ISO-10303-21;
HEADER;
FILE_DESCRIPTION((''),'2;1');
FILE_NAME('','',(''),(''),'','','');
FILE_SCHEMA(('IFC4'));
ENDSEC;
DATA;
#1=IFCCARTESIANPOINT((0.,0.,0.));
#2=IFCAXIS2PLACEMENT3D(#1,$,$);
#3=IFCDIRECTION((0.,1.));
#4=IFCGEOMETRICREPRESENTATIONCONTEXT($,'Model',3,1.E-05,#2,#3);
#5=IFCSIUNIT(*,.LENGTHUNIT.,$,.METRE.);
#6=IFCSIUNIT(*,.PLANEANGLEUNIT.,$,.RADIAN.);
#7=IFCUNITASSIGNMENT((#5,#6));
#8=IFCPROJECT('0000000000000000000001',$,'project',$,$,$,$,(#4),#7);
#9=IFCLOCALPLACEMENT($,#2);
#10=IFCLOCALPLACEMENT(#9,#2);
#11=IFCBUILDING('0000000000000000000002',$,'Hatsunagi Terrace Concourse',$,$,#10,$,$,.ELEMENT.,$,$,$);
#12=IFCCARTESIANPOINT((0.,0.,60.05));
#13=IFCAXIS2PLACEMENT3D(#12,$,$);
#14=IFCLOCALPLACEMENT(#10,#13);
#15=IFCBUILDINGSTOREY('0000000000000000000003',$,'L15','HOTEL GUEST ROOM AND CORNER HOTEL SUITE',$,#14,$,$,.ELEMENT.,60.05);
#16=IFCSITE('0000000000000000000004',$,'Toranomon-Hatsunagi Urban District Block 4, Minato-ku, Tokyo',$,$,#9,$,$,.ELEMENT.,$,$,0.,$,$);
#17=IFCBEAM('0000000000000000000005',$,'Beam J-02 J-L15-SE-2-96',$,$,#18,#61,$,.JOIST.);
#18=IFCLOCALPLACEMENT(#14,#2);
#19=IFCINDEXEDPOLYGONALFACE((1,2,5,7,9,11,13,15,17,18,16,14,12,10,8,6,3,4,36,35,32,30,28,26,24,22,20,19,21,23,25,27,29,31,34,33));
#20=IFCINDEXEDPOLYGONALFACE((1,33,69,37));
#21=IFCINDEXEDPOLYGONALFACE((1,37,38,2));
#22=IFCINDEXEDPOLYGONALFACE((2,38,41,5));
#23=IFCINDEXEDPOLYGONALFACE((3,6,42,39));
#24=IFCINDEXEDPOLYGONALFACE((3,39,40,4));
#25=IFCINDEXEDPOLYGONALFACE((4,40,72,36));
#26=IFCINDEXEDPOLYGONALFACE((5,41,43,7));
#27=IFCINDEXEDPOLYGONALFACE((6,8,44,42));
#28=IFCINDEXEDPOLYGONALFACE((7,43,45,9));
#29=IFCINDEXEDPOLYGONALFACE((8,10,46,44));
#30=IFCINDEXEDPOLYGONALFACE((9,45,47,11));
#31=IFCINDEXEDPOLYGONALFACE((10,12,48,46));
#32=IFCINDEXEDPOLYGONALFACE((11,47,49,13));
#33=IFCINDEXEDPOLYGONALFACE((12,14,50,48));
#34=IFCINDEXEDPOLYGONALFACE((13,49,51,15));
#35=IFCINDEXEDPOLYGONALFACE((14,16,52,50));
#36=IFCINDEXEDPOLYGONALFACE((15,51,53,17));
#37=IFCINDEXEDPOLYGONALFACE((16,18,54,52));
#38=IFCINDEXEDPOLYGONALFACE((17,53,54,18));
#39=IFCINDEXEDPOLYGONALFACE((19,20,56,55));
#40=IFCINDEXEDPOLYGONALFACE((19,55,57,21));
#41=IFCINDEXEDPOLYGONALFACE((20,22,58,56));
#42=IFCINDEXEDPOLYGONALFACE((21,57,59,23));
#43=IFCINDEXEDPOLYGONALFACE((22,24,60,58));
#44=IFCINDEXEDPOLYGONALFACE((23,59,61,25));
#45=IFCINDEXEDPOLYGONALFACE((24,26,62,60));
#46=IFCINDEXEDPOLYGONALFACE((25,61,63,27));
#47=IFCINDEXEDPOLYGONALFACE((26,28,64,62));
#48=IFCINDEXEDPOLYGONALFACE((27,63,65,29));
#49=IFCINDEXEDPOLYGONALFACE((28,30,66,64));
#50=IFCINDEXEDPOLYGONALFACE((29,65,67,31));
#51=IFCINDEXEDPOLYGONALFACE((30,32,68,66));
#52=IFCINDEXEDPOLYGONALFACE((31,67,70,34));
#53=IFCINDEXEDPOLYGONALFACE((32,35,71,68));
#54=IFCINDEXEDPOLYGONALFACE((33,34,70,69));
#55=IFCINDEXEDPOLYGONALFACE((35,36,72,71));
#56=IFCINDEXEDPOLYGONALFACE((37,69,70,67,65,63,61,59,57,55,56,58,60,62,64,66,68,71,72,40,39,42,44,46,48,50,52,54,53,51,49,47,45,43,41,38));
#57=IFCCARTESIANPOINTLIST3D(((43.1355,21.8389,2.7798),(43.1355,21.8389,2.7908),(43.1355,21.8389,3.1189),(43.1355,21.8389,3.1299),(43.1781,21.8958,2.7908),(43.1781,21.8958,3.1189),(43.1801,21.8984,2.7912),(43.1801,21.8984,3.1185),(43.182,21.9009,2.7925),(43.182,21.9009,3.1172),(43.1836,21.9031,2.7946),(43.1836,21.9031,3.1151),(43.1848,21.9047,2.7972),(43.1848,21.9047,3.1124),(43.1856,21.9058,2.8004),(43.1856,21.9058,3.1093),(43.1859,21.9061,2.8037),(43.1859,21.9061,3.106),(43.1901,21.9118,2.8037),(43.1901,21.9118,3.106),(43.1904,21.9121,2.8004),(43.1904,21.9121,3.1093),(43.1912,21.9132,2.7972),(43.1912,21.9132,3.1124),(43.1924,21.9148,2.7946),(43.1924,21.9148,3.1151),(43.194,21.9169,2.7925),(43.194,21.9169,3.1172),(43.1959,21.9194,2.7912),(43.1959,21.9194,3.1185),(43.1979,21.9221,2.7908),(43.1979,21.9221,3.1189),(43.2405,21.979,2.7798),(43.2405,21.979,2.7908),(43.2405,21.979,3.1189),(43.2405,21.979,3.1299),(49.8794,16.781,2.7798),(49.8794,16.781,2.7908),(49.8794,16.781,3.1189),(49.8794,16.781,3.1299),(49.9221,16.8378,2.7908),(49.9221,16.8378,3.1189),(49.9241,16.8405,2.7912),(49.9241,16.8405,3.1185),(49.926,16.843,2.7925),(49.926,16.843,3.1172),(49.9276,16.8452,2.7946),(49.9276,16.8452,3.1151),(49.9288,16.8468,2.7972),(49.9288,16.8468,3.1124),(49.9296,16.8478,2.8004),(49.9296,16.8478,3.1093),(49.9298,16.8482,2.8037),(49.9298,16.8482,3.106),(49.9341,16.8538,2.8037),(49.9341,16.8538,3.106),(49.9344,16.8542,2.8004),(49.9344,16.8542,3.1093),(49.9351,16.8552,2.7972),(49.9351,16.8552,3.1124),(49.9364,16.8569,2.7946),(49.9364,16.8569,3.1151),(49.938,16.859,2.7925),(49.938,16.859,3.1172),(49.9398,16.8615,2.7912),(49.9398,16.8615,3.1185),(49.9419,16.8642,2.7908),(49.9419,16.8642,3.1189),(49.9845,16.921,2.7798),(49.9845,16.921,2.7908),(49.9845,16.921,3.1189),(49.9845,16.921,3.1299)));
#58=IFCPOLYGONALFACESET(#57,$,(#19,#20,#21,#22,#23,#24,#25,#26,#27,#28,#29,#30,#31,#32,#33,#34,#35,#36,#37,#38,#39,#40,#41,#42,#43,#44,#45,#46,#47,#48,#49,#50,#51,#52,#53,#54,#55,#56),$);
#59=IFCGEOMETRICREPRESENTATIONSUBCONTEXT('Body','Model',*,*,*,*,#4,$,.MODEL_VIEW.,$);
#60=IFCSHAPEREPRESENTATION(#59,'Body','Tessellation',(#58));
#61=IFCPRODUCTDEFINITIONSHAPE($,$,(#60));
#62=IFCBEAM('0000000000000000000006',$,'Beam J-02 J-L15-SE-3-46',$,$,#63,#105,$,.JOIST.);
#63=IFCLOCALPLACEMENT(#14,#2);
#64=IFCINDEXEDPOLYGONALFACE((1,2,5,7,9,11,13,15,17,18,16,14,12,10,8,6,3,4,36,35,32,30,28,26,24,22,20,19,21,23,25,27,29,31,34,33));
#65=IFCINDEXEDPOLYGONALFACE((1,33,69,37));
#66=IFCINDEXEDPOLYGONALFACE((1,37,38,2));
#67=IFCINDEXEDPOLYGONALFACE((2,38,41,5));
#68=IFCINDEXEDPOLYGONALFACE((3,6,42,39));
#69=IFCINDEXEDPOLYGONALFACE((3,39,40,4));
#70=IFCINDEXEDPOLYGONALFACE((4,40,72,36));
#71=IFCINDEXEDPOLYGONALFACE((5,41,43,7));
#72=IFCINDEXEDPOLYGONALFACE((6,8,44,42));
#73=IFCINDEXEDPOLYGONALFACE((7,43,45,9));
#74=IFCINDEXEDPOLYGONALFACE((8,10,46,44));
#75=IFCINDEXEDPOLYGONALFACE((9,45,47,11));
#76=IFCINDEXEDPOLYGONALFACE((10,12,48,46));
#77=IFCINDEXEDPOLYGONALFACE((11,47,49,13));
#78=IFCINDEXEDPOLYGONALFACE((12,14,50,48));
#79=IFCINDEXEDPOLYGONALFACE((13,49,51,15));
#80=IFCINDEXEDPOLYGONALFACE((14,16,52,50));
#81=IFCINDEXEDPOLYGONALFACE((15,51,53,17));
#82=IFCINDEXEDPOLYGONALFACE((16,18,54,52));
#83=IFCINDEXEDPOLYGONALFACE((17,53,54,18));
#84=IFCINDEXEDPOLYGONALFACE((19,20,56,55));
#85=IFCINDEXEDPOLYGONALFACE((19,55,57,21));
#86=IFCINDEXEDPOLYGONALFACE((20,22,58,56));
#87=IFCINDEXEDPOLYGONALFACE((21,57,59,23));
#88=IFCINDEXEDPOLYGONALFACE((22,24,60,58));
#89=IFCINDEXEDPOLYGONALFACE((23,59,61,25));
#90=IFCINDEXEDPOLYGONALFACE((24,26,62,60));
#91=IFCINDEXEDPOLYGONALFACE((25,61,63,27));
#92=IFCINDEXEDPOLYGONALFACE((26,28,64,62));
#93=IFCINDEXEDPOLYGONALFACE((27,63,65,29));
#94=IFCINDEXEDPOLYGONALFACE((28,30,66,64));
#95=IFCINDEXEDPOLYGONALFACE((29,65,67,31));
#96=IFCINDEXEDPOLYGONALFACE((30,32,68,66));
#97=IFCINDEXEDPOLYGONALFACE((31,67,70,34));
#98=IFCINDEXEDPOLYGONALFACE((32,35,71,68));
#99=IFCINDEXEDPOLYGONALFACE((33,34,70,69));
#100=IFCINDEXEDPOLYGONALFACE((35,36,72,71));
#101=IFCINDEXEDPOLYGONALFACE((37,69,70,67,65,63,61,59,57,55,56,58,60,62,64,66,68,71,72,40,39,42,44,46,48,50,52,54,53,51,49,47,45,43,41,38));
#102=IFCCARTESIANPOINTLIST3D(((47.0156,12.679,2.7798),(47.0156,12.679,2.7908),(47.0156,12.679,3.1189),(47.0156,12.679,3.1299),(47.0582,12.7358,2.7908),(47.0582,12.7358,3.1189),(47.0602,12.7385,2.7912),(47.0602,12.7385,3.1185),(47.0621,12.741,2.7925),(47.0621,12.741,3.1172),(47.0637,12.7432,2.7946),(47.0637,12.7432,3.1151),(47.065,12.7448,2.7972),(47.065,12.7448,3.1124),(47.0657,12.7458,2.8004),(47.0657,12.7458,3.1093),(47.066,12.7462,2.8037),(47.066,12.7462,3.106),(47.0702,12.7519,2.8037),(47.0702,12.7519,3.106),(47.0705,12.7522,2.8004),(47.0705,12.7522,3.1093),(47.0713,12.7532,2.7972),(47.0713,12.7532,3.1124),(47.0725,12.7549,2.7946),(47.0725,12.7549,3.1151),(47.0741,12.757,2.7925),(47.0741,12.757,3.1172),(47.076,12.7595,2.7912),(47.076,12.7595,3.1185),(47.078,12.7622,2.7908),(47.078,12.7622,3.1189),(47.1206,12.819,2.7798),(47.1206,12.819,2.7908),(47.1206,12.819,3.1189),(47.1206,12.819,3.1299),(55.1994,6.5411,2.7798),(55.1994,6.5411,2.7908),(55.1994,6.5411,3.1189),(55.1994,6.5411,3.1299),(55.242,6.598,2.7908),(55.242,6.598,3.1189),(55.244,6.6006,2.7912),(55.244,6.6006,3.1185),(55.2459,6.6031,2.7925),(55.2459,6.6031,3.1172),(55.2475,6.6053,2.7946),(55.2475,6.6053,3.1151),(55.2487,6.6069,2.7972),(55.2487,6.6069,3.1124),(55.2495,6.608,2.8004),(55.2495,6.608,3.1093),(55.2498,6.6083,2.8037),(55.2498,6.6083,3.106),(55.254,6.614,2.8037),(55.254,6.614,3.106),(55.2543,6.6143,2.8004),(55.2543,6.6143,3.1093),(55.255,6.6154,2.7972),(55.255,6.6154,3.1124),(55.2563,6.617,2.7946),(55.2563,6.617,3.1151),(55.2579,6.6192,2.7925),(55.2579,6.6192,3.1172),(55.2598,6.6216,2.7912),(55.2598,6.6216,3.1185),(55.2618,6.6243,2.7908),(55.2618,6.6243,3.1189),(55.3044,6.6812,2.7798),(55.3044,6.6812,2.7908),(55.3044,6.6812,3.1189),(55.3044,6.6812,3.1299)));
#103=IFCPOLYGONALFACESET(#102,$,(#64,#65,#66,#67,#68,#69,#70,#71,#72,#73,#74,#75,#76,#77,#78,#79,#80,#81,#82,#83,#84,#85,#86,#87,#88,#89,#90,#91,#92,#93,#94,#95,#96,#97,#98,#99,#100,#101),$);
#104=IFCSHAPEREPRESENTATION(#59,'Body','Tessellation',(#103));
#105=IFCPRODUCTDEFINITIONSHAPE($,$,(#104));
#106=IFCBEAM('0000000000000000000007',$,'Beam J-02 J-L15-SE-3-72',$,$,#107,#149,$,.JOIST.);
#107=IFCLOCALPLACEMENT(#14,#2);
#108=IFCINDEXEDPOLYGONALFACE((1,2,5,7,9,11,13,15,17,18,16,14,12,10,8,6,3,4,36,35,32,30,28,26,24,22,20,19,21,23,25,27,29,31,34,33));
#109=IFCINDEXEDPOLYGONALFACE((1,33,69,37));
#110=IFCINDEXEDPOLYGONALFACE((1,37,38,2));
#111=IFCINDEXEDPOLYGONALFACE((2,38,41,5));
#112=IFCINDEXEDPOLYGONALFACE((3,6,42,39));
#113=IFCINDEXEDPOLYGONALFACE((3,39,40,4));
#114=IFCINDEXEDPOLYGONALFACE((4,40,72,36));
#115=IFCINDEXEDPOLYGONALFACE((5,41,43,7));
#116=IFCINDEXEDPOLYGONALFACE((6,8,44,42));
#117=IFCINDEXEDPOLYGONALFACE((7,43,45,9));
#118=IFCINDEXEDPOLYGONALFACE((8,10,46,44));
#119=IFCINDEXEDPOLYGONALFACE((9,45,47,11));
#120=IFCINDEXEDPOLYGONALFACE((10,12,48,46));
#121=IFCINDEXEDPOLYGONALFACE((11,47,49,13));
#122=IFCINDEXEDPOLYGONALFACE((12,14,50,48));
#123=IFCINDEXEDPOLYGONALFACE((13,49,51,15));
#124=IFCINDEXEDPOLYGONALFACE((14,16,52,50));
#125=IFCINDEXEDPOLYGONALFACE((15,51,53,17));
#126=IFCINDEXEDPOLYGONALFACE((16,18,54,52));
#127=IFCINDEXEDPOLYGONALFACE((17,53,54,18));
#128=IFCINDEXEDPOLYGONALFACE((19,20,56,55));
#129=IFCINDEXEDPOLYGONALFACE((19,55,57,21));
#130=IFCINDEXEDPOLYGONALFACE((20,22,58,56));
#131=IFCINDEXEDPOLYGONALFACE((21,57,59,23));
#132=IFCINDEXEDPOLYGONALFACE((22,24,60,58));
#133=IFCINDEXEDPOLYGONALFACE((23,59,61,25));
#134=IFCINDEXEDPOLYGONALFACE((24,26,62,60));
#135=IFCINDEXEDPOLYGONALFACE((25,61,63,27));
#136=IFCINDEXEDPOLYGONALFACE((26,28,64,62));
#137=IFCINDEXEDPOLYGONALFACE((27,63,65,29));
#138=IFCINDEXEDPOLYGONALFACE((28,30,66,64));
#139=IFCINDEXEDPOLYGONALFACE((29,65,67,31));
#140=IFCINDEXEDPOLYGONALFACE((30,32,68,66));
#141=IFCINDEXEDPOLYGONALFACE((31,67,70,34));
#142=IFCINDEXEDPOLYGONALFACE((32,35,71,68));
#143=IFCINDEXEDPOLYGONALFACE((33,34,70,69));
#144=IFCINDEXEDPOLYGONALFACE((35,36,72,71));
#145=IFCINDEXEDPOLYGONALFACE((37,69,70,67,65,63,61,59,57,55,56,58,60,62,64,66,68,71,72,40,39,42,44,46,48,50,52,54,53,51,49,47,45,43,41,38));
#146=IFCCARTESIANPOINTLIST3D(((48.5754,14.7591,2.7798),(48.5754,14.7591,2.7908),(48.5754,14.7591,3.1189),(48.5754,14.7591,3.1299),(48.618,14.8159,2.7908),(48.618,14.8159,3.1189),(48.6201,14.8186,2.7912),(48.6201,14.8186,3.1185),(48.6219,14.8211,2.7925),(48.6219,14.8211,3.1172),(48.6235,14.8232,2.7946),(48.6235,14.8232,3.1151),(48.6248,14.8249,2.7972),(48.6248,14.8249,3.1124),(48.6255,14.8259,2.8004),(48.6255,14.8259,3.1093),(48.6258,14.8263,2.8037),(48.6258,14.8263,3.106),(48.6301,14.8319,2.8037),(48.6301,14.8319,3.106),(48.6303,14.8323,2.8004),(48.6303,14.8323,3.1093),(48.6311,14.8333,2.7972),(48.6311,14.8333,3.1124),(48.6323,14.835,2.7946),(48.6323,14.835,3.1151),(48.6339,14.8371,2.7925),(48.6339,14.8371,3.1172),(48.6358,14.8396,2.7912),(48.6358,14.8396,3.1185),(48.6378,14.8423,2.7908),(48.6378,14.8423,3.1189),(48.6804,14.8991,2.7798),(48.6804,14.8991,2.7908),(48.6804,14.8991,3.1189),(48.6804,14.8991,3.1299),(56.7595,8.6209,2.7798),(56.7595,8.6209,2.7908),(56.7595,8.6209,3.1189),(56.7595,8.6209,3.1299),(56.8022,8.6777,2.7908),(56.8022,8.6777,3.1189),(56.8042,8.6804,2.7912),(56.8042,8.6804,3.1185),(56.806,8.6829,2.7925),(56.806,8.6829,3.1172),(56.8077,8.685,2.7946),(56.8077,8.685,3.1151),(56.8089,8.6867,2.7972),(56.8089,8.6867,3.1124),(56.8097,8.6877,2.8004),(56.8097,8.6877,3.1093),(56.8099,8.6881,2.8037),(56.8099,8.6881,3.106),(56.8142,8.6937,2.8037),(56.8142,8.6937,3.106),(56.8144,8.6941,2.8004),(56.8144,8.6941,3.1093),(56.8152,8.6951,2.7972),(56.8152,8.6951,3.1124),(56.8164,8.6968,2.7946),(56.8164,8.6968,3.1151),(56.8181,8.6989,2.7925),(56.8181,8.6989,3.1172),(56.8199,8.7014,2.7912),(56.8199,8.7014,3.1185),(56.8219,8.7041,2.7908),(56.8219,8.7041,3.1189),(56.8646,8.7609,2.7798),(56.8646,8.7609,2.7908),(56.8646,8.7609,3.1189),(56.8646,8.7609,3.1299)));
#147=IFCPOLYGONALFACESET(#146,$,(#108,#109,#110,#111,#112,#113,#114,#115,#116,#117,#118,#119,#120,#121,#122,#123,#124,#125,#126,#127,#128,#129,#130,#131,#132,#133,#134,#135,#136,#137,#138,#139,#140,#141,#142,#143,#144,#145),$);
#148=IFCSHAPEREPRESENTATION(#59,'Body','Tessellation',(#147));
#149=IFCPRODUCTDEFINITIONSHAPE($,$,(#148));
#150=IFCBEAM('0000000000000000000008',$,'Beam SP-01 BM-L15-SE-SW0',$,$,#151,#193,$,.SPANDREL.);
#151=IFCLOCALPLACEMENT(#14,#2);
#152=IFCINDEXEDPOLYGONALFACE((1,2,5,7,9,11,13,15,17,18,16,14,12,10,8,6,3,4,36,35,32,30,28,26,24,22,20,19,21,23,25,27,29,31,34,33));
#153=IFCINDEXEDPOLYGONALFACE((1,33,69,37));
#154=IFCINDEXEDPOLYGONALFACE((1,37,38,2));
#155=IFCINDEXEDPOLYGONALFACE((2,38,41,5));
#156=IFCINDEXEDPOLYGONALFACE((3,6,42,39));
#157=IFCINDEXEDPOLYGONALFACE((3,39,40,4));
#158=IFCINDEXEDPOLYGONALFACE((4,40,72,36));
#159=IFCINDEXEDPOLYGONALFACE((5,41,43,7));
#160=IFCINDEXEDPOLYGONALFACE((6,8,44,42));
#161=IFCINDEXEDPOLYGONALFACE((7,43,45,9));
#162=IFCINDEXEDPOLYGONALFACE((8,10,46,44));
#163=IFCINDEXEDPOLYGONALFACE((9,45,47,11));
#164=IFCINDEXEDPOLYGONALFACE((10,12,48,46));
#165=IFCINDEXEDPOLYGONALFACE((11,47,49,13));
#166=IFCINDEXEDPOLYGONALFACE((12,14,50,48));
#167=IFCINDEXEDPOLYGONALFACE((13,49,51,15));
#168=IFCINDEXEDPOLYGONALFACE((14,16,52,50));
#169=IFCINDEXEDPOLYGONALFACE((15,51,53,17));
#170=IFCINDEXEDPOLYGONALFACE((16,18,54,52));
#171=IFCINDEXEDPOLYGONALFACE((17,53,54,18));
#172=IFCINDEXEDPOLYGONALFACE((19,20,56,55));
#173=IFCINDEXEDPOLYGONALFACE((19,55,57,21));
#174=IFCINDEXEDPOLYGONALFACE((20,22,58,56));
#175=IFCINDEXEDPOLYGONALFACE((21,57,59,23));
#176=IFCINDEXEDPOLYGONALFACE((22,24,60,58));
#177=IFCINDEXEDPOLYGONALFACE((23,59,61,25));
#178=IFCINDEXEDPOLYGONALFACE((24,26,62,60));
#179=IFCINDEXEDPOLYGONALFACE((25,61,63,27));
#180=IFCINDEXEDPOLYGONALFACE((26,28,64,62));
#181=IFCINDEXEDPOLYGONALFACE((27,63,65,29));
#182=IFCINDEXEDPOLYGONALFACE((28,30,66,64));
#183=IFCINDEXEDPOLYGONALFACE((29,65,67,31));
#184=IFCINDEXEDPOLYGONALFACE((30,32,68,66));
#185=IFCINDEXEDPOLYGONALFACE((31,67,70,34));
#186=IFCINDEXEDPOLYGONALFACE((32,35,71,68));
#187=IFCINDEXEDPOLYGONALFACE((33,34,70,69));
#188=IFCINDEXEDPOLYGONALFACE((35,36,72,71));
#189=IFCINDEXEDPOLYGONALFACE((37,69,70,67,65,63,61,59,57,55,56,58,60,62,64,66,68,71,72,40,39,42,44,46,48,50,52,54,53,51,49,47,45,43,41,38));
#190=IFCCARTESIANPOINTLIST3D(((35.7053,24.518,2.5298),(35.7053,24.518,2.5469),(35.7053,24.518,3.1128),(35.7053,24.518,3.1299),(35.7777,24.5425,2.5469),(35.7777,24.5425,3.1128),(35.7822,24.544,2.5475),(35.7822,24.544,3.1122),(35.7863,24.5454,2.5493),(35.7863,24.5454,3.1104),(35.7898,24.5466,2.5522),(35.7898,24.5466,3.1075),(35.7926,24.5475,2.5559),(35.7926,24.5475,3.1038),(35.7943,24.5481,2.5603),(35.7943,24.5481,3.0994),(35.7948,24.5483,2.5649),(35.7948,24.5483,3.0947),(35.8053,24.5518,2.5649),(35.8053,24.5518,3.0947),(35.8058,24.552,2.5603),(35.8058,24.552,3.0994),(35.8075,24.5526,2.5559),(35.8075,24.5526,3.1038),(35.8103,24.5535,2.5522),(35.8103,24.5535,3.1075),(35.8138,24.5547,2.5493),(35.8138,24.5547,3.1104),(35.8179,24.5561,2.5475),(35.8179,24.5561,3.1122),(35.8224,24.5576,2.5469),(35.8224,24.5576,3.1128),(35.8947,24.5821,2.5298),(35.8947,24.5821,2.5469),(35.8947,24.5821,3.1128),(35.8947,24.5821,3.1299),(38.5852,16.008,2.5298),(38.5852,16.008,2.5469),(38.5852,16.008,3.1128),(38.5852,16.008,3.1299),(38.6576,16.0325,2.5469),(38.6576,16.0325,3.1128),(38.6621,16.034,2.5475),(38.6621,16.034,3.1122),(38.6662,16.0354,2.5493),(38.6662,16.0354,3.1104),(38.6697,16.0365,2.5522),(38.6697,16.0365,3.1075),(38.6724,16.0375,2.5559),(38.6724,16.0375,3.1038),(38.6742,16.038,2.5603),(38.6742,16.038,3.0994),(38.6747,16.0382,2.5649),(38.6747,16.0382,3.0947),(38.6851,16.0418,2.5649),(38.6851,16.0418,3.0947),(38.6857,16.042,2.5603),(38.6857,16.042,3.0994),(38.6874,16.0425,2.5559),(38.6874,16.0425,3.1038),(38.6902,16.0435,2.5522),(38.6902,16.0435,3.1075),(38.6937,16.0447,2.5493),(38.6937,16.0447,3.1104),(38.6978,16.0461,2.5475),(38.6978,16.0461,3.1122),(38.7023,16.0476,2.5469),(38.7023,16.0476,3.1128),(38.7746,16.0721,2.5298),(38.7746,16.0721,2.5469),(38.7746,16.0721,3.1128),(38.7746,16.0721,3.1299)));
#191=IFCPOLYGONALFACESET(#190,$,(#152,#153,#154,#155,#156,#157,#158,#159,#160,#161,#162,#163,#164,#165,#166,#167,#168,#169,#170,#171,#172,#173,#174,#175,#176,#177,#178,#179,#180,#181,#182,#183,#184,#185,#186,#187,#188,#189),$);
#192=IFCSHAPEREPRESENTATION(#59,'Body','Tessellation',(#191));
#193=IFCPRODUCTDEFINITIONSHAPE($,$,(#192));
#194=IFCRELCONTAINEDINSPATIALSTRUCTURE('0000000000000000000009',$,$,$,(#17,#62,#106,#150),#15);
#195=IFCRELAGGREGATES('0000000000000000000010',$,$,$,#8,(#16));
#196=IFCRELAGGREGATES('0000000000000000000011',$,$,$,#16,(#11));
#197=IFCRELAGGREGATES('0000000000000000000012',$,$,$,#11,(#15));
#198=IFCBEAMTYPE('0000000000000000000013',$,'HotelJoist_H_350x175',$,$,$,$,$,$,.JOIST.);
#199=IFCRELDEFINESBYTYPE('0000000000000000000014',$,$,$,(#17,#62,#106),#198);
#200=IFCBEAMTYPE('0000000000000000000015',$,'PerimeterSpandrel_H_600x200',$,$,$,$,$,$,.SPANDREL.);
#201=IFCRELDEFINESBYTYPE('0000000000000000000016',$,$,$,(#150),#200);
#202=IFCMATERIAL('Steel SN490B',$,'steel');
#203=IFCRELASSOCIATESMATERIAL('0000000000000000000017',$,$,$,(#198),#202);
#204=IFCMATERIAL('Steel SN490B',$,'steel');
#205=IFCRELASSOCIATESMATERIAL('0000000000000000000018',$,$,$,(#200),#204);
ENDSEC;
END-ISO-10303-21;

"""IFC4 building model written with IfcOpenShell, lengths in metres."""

from ifc_helpers import new_model, si_unit, direction, frame, origin, origin_2d, place, context, subcontext, project, spatial, i_section, extrude, material, material_profile, profile_set, type_object, element, save


model = new_model("IFC4")

# Units and contexts
model_context = context("Model", 3, precision=1e-05, world=origin(), true_north=direction((0.0, 1.0)))
body_context = subcontext(model_context, "Body", "Model", "MODEL_VIEW")
ifc_project = project(units=[si_unit("LENGTHUNIT", "METRE"), si_unit("PLANEANGLEUNIT", "RADIAN")], contexts=[model_context])

# Site, building, storey
site_placement = place(None, origin())
site = spatial("IfcSite", under=ifc_project, at=site_placement, Name="Toranomon-Hatsunagi Urban District Block 4, Minato-ku, Tokyo", CompositionType="ELEMENT", RefElevation=0.0)
building_placement = place(site_placement, origin())
building = spatial("IfcBuilding", under=site, at=building_placement, Name="Hatsunagi Terrace Concourse", CompositionType="ELEMENT")
storey_placement = place(building_placement, frame((0.0, 0.0, 60.05)))
storey = spatial("IfcBuildingStorey", under=building, at=storey_placement, Name="L15", Description="HOTEL GUEST ROOM AND CORNER HOTEL SUITE", CompositionType="ELEMENT", Elevation=60.05)

# Beams
ifc_material_1 = material(Name="Steel SN490B", Category="steel")
ifc_material_profile_1 = material_profile(ifc_material_1, i_section(OverallWidth=0.175, OverallDepth=0.3501, WebThickness=0.0071, FlangeThickness=0.011, FilletRadius=0.0129, at=origin_2d()), Name="H-350x175x7x11")
ifc_profile_set_1 = profile_set([ifc_material_profile_1], Name="Steel SN490B")
beam_type_1 = type_object("IfcBeamType", Name="HotelJoist_H_350x175", PredefinedType="JOIST", material=ifc_profile_set_1)
for number, where, z_axis, x_axis, name in (
    (1, (43.188, 21.9089, 2.9548), (0.800003, -0.599995, 0.0), (0.599995, 0.800003, 0.0), "Beam J-02 J-L15-SE-2-96"),
):
    element("IfcBeam", number, at=place(storey_placement, frame(where, z_axis=z_axis, x_axis=x_axis)), inside=storey, type_object=beam_type_1, Name=name, PredefinedType="JOIST", context=body_context, shape_type="SweptSolid", body=[
        extrude(i_section(OverallWidth=0.175, OverallDepth=0.3501, WebThickness=0.0071, FlangeThickness=0.011, FilletRadius=0.0129, at=origin_2d()), origin(), (0.0, 0.0, 1.0), 8.4299),
    ])
beam_1_placement = place(storey_placement, frame((47.0681, 12.749, 2.9548), z_axis=(0.799997, -0.600004, 0.0), x_axis=(0.600004, 0.799997, 0.0)))
element("IfcBeam", 2, at=beam_1_placement, inside=storey, type_object=beam_type_1, Name="Beam J-02 J-L15-SE-3-46", PredefinedType="JOIST", context=body_context, shape_type="SweptSolid", body=[
    extrude(i_section(OverallWidth=0.175, OverallDepth=0.3501, WebThickness=0.0071, FlangeThickness=0.011, FilletRadius=0.0129, at=origin_2d()), origin(), (0.0, 0.0, 1.0), 10.2297),
])
beam_2_placement = place(storey_placement, frame((48.6279, 14.8291, 2.9548), z_axis=(0.799994, -0.600008, 0.0), x_axis=(0.600008, 0.799994, 0.0)))
element("IfcBeam", 3, at=beam_2_placement, inside=storey, type_object=beam_type_1, Name="Beam J-02 J-L15-SE-3-72", PredefinedType="JOIST", context=body_context, shape_type="SweptSolid", body=[
    extrude(i_section(OverallWidth=0.175, OverallDepth=0.3501, WebThickness=0.0071, FlangeThickness=0.011, FilletRadius=0.0129, at=origin_2d()), origin(), (0.0, 0.0, 1.0), 10.2302),
])
ifc_material_2 = material(Name="Steel SN490B", Category="steel")
ifc_material_profile_2 = material_profile(ifc_material_2, i_section(OverallWidth=0.2, OverallDepth=0.6001, WebThickness=0.011, FlangeThickness=0.0171, FilletRadius=0.0181, at=origin_2d()), Name="H-600x200x11x17")
ifc_profile_set_2 = profile_set([ifc_material_profile_2], Name="Steel SN490B")
beam_type_2 = type_object("IfcBeamType", Name="PerimeterSpandrel_H_600x200", PredefinedType="SPANDREL", material=ifc_profile_set_2)
beam_3_placement = place(storey_placement, frame((35.8, 24.55, 2.8298), z_axis=(0.320553, -0.94723, 0.0), x_axis=(0.94723, 0.320553, 0.0)))
element("IfcBeam", 4, at=beam_3_placement, inside=storey, type_object=beam_type_2, Name="Beam SP-01 BM-L15-SE-SW0", PredefinedType="SPANDREL", context=body_context, shape_type="SweptSolid", body=[
    extrude(i_section(OverallWidth=0.2, OverallDepth=0.6001, WebThickness=0.011, FlangeThickness=0.0171, FilletRadius=0.0181, at=origin_2d()), origin(), (0.0, 0.0, 1.0), 8.9841),
])

save(model, "model.ifc")
